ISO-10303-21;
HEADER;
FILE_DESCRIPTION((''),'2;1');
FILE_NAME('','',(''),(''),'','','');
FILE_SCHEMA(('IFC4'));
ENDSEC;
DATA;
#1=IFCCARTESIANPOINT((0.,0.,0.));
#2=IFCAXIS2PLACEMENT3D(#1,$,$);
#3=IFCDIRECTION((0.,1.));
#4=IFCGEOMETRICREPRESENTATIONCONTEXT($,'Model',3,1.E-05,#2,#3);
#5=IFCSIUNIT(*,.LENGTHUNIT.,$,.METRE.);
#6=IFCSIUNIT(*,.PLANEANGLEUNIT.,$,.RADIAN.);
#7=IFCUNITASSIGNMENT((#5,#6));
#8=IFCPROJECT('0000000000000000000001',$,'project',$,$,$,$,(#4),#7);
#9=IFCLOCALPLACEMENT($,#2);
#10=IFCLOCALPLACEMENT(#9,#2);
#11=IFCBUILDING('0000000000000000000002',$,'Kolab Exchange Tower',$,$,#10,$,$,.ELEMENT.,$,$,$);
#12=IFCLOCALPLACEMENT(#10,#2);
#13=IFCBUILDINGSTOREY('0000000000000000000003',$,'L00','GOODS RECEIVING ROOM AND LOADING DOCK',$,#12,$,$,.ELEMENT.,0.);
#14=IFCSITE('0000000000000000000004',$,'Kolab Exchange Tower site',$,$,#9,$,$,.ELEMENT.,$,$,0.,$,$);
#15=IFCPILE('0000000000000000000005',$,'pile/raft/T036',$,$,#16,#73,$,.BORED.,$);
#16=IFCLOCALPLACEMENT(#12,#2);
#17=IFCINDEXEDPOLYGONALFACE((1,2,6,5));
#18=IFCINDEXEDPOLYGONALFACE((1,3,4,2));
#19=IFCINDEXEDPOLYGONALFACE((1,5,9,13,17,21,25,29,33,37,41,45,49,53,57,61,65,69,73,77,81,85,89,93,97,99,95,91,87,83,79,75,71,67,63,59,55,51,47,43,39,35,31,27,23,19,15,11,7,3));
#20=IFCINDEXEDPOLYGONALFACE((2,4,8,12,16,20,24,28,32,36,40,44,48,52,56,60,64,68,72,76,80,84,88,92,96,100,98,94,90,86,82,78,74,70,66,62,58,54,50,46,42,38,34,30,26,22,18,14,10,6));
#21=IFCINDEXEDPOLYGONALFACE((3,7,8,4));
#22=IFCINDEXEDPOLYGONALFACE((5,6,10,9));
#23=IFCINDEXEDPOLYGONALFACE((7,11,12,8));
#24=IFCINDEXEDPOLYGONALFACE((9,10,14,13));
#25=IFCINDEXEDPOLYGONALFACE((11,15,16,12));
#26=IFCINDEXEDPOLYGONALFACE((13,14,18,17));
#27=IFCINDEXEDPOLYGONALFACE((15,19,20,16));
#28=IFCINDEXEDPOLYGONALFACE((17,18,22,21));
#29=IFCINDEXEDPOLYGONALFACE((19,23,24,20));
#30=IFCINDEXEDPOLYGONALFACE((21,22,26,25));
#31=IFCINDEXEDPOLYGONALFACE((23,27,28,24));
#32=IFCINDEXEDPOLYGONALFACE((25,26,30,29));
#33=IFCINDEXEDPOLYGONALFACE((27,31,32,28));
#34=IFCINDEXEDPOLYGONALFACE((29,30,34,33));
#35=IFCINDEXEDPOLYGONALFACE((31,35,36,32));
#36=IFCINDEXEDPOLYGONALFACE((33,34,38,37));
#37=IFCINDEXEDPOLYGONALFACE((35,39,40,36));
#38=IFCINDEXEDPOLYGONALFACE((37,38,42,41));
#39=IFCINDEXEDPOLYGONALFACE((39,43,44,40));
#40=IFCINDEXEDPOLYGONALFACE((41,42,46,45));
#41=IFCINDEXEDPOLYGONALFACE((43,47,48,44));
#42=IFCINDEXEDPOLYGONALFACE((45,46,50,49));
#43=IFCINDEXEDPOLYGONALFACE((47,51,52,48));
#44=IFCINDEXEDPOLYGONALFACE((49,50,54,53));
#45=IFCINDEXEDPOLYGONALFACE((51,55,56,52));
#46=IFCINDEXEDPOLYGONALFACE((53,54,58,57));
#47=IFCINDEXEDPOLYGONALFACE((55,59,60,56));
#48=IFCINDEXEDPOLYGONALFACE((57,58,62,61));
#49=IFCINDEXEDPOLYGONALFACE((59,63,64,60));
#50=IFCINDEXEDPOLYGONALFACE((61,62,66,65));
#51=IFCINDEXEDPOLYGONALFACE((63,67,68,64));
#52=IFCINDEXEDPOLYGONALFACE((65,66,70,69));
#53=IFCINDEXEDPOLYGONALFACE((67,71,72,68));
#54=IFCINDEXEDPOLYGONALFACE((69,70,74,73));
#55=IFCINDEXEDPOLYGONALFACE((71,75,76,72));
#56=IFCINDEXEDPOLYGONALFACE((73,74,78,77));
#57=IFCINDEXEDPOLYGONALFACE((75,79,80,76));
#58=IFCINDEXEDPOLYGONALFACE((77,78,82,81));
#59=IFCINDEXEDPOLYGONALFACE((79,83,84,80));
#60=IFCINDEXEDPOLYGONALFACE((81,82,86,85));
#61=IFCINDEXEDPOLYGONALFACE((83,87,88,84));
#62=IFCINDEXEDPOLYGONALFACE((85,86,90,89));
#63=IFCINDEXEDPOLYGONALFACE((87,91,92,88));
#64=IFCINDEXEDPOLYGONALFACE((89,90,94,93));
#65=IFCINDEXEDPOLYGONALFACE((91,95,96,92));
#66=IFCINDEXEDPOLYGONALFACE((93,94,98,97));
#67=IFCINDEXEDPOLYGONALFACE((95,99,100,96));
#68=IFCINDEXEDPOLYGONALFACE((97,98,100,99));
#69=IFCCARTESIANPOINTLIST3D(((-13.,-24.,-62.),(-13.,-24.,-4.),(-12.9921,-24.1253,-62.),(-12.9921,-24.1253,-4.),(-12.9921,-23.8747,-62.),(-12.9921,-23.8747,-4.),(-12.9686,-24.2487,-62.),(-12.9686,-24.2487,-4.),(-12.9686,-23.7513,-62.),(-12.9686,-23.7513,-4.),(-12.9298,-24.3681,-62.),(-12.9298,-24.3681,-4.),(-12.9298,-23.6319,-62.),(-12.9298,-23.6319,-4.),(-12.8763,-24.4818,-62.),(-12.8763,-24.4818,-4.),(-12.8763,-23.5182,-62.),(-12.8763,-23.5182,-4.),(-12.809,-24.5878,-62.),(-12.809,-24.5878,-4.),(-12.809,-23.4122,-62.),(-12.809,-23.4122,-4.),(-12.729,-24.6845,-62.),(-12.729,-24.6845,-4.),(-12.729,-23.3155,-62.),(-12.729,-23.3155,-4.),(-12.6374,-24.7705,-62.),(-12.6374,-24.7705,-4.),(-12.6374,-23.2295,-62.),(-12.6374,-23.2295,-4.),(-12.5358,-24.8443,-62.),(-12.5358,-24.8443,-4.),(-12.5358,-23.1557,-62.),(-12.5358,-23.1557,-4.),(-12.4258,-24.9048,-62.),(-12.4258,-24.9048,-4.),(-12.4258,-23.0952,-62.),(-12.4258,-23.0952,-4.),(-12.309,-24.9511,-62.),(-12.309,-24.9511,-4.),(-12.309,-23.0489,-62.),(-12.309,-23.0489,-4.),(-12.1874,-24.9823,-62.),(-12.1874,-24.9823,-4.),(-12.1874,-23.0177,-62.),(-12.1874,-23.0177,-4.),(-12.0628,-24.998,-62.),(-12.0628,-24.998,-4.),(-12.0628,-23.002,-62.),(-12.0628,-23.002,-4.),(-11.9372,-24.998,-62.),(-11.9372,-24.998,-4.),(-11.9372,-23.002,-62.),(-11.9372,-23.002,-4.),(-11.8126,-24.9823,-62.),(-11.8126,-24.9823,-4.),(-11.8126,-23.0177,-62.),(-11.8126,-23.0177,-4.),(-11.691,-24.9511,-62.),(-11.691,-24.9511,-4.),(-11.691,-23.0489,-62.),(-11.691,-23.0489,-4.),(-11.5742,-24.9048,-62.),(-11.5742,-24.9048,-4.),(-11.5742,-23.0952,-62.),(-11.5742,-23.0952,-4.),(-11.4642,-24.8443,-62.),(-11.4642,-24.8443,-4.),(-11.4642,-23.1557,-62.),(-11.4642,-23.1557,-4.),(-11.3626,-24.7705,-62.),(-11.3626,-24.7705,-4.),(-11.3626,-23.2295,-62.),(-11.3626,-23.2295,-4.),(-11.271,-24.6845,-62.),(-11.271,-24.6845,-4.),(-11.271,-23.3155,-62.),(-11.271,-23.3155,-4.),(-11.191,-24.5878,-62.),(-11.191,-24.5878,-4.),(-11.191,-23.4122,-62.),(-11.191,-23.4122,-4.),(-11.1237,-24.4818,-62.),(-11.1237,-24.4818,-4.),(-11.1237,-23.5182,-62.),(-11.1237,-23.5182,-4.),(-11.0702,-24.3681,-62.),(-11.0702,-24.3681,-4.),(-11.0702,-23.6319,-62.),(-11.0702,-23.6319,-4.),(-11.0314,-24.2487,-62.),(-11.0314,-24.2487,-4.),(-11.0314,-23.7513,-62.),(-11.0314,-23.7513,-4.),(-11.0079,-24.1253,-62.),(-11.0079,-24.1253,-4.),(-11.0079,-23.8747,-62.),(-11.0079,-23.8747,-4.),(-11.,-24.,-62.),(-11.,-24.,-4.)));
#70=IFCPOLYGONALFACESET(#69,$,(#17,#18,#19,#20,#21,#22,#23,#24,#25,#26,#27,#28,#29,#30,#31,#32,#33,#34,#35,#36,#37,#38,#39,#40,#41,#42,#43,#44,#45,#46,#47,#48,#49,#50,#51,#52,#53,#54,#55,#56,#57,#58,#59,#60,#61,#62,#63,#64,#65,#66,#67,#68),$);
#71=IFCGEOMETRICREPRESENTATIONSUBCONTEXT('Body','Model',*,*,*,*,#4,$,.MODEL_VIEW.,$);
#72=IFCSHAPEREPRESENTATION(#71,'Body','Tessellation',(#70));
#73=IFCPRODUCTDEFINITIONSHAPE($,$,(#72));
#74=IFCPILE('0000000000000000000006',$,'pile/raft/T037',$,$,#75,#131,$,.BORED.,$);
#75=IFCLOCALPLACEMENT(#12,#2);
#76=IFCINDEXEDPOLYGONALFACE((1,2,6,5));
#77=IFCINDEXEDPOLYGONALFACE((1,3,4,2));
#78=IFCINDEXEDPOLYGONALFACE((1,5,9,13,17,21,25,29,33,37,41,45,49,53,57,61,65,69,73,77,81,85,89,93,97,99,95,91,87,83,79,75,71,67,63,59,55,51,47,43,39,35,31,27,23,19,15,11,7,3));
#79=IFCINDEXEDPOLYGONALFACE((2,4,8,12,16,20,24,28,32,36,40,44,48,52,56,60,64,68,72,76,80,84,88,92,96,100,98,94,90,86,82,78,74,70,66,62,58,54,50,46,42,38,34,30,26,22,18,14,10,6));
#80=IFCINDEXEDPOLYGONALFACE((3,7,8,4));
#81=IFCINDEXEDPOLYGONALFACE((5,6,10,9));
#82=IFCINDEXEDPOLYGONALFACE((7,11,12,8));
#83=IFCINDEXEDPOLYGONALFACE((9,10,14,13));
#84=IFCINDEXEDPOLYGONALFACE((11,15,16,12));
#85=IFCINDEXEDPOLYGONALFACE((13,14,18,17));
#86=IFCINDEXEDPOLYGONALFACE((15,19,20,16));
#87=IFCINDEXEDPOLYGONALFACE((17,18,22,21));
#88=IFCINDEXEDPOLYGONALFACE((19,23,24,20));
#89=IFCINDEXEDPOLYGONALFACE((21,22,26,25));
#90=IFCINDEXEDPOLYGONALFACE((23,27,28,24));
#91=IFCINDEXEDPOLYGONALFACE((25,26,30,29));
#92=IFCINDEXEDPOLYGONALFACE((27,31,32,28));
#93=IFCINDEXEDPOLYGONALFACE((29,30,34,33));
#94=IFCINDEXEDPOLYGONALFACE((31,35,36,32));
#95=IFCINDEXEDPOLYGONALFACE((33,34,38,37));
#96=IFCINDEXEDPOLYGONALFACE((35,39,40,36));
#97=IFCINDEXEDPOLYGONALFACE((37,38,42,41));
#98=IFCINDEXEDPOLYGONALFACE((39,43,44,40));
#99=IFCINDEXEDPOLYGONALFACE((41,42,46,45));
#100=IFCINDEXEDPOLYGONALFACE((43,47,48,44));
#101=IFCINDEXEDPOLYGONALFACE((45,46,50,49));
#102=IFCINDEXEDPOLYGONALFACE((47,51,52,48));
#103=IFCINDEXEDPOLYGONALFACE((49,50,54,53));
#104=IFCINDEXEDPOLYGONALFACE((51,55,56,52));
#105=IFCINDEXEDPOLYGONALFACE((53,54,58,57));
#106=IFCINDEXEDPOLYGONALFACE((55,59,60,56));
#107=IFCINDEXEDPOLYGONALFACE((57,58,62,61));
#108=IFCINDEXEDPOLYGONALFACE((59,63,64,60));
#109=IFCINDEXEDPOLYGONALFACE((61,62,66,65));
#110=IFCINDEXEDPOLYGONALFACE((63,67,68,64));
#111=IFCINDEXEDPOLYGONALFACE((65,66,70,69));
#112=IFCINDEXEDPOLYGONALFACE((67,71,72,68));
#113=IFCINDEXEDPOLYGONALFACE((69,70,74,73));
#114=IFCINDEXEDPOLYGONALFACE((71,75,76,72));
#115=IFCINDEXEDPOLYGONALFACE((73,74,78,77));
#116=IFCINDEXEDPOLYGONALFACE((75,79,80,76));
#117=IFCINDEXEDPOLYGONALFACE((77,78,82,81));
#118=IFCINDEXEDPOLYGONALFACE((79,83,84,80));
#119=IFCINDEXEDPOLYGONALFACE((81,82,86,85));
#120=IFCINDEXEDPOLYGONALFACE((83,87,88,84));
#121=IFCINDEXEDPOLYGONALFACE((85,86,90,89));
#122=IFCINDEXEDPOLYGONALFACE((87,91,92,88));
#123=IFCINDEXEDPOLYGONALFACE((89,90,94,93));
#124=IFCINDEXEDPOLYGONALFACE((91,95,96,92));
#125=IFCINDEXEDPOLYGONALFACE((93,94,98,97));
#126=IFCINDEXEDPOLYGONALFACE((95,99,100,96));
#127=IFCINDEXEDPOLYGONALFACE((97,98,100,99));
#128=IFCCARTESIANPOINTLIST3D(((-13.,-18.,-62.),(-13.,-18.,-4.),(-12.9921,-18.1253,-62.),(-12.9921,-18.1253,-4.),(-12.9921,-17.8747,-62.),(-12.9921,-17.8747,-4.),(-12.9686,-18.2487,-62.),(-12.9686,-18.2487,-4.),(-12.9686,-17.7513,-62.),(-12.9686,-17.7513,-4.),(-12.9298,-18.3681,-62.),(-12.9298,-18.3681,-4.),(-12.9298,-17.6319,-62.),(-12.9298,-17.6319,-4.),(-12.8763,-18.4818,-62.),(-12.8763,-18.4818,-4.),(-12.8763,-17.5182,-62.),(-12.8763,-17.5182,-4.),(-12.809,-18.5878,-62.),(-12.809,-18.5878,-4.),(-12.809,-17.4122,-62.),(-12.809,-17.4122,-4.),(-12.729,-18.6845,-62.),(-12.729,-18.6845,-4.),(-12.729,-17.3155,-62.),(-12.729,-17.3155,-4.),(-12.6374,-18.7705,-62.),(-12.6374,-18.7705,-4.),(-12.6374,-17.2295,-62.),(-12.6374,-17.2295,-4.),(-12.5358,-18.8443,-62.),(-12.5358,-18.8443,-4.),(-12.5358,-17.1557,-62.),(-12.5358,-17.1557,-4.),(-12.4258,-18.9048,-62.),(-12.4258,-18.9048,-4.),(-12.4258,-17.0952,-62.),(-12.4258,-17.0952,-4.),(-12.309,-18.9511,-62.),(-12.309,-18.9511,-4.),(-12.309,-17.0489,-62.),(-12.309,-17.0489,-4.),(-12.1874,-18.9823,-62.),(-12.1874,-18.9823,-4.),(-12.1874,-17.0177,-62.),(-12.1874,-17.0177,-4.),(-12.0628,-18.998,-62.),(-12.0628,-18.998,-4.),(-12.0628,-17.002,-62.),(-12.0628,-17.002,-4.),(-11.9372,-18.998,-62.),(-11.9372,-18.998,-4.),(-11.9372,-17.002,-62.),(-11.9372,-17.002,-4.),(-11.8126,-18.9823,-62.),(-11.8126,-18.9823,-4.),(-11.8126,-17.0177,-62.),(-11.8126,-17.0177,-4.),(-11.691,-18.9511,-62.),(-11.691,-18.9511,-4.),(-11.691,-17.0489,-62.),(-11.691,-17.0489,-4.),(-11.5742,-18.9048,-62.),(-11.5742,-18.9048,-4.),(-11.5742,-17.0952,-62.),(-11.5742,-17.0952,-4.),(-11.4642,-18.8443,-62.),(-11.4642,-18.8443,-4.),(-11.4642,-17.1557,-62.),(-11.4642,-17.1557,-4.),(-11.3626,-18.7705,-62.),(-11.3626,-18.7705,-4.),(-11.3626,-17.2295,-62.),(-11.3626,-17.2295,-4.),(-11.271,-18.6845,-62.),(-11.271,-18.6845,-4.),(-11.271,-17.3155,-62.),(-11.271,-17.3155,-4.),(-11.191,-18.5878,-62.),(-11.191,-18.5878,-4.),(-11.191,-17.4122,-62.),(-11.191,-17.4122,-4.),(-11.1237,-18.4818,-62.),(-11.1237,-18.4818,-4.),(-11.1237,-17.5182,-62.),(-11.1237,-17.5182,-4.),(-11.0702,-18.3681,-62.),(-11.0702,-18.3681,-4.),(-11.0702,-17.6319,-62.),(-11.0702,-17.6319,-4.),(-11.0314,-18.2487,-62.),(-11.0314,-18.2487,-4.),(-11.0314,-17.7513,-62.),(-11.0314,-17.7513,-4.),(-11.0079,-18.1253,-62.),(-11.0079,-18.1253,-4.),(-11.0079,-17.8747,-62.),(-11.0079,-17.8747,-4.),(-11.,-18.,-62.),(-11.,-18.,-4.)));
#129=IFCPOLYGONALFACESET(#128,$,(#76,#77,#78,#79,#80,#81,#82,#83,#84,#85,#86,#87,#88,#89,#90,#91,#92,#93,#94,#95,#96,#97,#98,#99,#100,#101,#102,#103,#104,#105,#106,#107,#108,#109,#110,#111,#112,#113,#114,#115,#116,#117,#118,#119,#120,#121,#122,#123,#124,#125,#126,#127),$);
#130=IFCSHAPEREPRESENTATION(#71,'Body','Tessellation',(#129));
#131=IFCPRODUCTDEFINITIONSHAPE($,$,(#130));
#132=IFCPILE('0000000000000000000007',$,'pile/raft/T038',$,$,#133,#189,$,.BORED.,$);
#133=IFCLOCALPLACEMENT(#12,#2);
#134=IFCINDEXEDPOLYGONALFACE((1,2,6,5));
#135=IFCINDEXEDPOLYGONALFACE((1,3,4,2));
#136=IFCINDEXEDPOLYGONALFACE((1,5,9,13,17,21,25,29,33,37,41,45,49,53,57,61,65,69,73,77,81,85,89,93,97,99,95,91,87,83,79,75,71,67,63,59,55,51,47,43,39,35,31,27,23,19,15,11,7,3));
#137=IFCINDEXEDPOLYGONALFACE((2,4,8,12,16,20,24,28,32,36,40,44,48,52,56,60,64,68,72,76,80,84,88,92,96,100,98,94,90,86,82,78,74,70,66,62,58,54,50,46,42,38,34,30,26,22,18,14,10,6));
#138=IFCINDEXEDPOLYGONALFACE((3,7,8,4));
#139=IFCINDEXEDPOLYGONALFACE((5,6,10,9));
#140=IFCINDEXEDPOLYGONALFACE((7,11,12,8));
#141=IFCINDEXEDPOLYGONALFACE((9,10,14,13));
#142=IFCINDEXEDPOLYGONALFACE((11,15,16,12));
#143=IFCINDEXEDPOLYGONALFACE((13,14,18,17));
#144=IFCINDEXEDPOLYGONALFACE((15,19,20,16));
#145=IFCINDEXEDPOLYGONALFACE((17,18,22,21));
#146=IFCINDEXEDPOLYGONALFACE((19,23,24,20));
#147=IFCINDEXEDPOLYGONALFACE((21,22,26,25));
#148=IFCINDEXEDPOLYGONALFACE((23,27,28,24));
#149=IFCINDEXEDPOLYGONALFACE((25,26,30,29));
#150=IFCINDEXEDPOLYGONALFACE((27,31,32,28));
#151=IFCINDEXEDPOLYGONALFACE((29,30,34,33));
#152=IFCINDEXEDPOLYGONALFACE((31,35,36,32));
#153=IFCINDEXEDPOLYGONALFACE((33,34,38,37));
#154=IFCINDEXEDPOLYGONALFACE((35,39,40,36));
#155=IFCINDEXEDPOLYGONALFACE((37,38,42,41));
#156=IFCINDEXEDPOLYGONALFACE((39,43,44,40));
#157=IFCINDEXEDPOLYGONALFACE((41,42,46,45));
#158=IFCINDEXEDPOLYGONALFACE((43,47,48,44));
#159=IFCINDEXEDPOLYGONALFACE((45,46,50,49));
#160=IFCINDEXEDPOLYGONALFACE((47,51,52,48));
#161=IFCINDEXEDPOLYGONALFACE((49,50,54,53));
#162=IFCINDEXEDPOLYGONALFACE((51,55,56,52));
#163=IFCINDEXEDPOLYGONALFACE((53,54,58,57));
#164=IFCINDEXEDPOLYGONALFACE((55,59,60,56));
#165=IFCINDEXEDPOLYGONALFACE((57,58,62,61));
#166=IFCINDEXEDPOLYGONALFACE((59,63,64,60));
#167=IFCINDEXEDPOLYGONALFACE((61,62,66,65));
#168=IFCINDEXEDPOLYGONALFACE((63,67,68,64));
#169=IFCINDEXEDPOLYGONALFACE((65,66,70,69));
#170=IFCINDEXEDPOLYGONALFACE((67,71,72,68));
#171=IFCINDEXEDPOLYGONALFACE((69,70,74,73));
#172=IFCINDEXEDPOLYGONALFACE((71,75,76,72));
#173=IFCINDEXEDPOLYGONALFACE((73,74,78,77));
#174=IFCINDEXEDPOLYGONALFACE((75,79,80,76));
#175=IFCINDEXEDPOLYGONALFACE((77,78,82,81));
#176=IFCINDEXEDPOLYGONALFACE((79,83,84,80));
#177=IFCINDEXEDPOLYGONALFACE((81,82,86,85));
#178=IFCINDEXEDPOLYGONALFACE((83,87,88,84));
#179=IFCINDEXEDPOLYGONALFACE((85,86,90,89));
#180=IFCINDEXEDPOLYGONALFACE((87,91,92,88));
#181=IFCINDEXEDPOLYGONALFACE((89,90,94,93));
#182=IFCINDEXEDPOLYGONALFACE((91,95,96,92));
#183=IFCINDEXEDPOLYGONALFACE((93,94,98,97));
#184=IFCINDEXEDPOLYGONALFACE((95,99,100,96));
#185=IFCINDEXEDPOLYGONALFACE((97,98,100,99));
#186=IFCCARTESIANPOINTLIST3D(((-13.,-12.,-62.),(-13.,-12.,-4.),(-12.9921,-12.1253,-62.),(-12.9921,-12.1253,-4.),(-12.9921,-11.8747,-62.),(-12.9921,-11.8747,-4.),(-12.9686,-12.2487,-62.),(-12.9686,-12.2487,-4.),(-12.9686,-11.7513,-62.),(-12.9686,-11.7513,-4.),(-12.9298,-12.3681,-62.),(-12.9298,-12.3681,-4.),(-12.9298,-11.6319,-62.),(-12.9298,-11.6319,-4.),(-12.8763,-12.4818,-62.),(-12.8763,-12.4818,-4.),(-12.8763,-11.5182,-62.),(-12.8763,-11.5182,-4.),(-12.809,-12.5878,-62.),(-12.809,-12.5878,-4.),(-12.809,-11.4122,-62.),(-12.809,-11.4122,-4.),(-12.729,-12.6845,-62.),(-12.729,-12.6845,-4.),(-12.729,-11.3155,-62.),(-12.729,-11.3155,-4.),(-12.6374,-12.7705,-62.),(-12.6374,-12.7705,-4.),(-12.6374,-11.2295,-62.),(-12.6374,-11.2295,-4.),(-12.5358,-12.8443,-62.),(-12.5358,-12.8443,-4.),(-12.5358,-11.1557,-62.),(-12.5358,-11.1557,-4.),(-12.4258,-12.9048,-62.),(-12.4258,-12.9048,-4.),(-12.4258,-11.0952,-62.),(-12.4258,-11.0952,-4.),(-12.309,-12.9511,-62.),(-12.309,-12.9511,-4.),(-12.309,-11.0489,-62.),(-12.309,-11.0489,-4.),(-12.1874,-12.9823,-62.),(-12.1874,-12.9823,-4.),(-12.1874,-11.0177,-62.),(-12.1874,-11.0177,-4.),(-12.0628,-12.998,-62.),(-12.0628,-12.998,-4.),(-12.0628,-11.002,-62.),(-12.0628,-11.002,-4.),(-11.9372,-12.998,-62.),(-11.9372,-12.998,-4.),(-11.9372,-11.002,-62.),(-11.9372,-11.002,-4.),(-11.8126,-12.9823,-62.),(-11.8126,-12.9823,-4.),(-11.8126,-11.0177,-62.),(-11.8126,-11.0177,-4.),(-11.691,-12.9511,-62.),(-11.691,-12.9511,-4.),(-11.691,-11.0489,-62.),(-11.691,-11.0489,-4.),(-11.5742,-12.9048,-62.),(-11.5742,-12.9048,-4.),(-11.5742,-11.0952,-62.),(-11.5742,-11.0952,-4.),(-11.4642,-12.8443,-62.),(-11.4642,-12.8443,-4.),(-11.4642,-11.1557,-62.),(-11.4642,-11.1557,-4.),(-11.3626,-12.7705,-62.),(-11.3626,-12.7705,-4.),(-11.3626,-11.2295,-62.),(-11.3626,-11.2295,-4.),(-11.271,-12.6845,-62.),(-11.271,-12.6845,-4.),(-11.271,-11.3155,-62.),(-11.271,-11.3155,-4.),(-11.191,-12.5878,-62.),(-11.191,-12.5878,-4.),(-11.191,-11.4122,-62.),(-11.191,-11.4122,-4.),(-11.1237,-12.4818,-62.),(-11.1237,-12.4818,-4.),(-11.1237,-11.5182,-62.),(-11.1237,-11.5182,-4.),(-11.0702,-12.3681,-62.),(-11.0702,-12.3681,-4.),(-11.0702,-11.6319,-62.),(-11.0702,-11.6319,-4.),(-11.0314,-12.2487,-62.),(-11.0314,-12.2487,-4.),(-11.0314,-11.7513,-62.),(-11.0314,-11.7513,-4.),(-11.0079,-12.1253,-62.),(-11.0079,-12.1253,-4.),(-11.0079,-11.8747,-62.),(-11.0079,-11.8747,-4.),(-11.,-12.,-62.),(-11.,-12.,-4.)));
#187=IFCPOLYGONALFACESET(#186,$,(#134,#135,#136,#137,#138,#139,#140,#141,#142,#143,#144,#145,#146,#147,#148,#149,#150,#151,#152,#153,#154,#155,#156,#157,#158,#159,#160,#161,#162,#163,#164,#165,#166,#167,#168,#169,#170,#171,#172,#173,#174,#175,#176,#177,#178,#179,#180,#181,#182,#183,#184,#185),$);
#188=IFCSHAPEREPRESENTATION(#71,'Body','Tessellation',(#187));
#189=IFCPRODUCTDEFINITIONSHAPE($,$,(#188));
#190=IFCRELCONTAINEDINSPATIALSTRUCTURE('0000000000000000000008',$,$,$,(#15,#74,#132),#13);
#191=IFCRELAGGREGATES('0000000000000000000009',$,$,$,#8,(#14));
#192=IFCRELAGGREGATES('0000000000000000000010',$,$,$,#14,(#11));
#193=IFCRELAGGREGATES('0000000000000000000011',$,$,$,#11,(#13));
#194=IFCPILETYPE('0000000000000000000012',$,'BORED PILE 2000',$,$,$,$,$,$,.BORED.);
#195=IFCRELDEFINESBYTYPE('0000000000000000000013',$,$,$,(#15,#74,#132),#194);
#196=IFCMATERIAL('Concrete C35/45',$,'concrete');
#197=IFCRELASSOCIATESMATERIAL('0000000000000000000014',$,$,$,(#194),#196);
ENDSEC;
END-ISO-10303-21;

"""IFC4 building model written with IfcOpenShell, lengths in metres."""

from ifc_helpers import new_model, si_unit, direction, frame, origin, origin_2d, place, context, subcontext, project, spatial, circle, extrude, material, material_profile, profile_set, type_object, element, save


model = new_model("IFC4")

# Units and contexts
model_context = context("Model", 3, precision=1e-05, world=origin(), true_north=direction((0.0, 1.0)))
body_context = subcontext(model_context, "Body", "Model", "MODEL_VIEW")
ifc_project = project(units=[si_unit("LENGTHUNIT", "METRE"), si_unit("PLANEANGLEUNIT", "RADIAN")], contexts=[model_context])

# Site, building, storey
site_placement = place(None, origin())
site = spatial("IfcSite", under=ifc_project, at=site_placement, Name="Kolab Exchange Tower site", CompositionType="ELEMENT", RefElevation=0.0)
building_placement = place(site_placement, origin())
building = spatial("IfcBuilding", under=site, at=building_placement, Name="Kolab Exchange Tower", CompositionType="ELEMENT")
storey_placement = place(building_placement, origin())
storey = spatial("IfcBuildingStorey", under=building, at=storey_placement, Name="L00", Description="GOODS RECEIVING ROOM AND LOADING DOCK", CompositionType="ELEMENT", Elevation=0.0)

# Piles
ifc_material_1 = material(Name="Concrete C35/45", Category="concrete")
ifc_material_profile_1 = material_profile(ifc_material_1, circle(Radius=1.0, at=origin_2d()), Name="BP2000")
ifc_profile_set_1 = profile_set([ifc_material_profile_1], Name="Concrete C35/45")
pile_type = type_object("IfcPileType", Name="BORED PILE 2000", PredefinedType="BORED", material=ifc_profile_set_1)
for number, where, z_axis, x_axis, name in (
    (1, (-12.0, -24.0, -4.0), (0.0, 0.0, -1.0), (1.0, 0.0, 0.0), "pile/raft/T036"),
    (2, (-12.0, -18.0, -4.0), (0.0, 0.0, -1.0), (1.0, 0.0, 0.0), "pile/raft/T037"),
    (3, (-12.0, -12.0, -4.0), (0.0, 0.0, -1.0), (1.0, 0.0, 0.0), "pile/raft/T038"),
):
    element("IfcPile", number, at=place(storey_placement, frame(where, z_axis=z_axis, x_axis=x_axis)), inside=storey, type_object=pile_type, Name=name, PredefinedType="BORED", context=body_context, shape_type="SweptSolid", body=[
        extrude(circle(Radius=1.0, at=origin_2d()), origin(), (0.0, 0.0, 1.0), 58.0),
    ])

save(model, "model.ifc")
